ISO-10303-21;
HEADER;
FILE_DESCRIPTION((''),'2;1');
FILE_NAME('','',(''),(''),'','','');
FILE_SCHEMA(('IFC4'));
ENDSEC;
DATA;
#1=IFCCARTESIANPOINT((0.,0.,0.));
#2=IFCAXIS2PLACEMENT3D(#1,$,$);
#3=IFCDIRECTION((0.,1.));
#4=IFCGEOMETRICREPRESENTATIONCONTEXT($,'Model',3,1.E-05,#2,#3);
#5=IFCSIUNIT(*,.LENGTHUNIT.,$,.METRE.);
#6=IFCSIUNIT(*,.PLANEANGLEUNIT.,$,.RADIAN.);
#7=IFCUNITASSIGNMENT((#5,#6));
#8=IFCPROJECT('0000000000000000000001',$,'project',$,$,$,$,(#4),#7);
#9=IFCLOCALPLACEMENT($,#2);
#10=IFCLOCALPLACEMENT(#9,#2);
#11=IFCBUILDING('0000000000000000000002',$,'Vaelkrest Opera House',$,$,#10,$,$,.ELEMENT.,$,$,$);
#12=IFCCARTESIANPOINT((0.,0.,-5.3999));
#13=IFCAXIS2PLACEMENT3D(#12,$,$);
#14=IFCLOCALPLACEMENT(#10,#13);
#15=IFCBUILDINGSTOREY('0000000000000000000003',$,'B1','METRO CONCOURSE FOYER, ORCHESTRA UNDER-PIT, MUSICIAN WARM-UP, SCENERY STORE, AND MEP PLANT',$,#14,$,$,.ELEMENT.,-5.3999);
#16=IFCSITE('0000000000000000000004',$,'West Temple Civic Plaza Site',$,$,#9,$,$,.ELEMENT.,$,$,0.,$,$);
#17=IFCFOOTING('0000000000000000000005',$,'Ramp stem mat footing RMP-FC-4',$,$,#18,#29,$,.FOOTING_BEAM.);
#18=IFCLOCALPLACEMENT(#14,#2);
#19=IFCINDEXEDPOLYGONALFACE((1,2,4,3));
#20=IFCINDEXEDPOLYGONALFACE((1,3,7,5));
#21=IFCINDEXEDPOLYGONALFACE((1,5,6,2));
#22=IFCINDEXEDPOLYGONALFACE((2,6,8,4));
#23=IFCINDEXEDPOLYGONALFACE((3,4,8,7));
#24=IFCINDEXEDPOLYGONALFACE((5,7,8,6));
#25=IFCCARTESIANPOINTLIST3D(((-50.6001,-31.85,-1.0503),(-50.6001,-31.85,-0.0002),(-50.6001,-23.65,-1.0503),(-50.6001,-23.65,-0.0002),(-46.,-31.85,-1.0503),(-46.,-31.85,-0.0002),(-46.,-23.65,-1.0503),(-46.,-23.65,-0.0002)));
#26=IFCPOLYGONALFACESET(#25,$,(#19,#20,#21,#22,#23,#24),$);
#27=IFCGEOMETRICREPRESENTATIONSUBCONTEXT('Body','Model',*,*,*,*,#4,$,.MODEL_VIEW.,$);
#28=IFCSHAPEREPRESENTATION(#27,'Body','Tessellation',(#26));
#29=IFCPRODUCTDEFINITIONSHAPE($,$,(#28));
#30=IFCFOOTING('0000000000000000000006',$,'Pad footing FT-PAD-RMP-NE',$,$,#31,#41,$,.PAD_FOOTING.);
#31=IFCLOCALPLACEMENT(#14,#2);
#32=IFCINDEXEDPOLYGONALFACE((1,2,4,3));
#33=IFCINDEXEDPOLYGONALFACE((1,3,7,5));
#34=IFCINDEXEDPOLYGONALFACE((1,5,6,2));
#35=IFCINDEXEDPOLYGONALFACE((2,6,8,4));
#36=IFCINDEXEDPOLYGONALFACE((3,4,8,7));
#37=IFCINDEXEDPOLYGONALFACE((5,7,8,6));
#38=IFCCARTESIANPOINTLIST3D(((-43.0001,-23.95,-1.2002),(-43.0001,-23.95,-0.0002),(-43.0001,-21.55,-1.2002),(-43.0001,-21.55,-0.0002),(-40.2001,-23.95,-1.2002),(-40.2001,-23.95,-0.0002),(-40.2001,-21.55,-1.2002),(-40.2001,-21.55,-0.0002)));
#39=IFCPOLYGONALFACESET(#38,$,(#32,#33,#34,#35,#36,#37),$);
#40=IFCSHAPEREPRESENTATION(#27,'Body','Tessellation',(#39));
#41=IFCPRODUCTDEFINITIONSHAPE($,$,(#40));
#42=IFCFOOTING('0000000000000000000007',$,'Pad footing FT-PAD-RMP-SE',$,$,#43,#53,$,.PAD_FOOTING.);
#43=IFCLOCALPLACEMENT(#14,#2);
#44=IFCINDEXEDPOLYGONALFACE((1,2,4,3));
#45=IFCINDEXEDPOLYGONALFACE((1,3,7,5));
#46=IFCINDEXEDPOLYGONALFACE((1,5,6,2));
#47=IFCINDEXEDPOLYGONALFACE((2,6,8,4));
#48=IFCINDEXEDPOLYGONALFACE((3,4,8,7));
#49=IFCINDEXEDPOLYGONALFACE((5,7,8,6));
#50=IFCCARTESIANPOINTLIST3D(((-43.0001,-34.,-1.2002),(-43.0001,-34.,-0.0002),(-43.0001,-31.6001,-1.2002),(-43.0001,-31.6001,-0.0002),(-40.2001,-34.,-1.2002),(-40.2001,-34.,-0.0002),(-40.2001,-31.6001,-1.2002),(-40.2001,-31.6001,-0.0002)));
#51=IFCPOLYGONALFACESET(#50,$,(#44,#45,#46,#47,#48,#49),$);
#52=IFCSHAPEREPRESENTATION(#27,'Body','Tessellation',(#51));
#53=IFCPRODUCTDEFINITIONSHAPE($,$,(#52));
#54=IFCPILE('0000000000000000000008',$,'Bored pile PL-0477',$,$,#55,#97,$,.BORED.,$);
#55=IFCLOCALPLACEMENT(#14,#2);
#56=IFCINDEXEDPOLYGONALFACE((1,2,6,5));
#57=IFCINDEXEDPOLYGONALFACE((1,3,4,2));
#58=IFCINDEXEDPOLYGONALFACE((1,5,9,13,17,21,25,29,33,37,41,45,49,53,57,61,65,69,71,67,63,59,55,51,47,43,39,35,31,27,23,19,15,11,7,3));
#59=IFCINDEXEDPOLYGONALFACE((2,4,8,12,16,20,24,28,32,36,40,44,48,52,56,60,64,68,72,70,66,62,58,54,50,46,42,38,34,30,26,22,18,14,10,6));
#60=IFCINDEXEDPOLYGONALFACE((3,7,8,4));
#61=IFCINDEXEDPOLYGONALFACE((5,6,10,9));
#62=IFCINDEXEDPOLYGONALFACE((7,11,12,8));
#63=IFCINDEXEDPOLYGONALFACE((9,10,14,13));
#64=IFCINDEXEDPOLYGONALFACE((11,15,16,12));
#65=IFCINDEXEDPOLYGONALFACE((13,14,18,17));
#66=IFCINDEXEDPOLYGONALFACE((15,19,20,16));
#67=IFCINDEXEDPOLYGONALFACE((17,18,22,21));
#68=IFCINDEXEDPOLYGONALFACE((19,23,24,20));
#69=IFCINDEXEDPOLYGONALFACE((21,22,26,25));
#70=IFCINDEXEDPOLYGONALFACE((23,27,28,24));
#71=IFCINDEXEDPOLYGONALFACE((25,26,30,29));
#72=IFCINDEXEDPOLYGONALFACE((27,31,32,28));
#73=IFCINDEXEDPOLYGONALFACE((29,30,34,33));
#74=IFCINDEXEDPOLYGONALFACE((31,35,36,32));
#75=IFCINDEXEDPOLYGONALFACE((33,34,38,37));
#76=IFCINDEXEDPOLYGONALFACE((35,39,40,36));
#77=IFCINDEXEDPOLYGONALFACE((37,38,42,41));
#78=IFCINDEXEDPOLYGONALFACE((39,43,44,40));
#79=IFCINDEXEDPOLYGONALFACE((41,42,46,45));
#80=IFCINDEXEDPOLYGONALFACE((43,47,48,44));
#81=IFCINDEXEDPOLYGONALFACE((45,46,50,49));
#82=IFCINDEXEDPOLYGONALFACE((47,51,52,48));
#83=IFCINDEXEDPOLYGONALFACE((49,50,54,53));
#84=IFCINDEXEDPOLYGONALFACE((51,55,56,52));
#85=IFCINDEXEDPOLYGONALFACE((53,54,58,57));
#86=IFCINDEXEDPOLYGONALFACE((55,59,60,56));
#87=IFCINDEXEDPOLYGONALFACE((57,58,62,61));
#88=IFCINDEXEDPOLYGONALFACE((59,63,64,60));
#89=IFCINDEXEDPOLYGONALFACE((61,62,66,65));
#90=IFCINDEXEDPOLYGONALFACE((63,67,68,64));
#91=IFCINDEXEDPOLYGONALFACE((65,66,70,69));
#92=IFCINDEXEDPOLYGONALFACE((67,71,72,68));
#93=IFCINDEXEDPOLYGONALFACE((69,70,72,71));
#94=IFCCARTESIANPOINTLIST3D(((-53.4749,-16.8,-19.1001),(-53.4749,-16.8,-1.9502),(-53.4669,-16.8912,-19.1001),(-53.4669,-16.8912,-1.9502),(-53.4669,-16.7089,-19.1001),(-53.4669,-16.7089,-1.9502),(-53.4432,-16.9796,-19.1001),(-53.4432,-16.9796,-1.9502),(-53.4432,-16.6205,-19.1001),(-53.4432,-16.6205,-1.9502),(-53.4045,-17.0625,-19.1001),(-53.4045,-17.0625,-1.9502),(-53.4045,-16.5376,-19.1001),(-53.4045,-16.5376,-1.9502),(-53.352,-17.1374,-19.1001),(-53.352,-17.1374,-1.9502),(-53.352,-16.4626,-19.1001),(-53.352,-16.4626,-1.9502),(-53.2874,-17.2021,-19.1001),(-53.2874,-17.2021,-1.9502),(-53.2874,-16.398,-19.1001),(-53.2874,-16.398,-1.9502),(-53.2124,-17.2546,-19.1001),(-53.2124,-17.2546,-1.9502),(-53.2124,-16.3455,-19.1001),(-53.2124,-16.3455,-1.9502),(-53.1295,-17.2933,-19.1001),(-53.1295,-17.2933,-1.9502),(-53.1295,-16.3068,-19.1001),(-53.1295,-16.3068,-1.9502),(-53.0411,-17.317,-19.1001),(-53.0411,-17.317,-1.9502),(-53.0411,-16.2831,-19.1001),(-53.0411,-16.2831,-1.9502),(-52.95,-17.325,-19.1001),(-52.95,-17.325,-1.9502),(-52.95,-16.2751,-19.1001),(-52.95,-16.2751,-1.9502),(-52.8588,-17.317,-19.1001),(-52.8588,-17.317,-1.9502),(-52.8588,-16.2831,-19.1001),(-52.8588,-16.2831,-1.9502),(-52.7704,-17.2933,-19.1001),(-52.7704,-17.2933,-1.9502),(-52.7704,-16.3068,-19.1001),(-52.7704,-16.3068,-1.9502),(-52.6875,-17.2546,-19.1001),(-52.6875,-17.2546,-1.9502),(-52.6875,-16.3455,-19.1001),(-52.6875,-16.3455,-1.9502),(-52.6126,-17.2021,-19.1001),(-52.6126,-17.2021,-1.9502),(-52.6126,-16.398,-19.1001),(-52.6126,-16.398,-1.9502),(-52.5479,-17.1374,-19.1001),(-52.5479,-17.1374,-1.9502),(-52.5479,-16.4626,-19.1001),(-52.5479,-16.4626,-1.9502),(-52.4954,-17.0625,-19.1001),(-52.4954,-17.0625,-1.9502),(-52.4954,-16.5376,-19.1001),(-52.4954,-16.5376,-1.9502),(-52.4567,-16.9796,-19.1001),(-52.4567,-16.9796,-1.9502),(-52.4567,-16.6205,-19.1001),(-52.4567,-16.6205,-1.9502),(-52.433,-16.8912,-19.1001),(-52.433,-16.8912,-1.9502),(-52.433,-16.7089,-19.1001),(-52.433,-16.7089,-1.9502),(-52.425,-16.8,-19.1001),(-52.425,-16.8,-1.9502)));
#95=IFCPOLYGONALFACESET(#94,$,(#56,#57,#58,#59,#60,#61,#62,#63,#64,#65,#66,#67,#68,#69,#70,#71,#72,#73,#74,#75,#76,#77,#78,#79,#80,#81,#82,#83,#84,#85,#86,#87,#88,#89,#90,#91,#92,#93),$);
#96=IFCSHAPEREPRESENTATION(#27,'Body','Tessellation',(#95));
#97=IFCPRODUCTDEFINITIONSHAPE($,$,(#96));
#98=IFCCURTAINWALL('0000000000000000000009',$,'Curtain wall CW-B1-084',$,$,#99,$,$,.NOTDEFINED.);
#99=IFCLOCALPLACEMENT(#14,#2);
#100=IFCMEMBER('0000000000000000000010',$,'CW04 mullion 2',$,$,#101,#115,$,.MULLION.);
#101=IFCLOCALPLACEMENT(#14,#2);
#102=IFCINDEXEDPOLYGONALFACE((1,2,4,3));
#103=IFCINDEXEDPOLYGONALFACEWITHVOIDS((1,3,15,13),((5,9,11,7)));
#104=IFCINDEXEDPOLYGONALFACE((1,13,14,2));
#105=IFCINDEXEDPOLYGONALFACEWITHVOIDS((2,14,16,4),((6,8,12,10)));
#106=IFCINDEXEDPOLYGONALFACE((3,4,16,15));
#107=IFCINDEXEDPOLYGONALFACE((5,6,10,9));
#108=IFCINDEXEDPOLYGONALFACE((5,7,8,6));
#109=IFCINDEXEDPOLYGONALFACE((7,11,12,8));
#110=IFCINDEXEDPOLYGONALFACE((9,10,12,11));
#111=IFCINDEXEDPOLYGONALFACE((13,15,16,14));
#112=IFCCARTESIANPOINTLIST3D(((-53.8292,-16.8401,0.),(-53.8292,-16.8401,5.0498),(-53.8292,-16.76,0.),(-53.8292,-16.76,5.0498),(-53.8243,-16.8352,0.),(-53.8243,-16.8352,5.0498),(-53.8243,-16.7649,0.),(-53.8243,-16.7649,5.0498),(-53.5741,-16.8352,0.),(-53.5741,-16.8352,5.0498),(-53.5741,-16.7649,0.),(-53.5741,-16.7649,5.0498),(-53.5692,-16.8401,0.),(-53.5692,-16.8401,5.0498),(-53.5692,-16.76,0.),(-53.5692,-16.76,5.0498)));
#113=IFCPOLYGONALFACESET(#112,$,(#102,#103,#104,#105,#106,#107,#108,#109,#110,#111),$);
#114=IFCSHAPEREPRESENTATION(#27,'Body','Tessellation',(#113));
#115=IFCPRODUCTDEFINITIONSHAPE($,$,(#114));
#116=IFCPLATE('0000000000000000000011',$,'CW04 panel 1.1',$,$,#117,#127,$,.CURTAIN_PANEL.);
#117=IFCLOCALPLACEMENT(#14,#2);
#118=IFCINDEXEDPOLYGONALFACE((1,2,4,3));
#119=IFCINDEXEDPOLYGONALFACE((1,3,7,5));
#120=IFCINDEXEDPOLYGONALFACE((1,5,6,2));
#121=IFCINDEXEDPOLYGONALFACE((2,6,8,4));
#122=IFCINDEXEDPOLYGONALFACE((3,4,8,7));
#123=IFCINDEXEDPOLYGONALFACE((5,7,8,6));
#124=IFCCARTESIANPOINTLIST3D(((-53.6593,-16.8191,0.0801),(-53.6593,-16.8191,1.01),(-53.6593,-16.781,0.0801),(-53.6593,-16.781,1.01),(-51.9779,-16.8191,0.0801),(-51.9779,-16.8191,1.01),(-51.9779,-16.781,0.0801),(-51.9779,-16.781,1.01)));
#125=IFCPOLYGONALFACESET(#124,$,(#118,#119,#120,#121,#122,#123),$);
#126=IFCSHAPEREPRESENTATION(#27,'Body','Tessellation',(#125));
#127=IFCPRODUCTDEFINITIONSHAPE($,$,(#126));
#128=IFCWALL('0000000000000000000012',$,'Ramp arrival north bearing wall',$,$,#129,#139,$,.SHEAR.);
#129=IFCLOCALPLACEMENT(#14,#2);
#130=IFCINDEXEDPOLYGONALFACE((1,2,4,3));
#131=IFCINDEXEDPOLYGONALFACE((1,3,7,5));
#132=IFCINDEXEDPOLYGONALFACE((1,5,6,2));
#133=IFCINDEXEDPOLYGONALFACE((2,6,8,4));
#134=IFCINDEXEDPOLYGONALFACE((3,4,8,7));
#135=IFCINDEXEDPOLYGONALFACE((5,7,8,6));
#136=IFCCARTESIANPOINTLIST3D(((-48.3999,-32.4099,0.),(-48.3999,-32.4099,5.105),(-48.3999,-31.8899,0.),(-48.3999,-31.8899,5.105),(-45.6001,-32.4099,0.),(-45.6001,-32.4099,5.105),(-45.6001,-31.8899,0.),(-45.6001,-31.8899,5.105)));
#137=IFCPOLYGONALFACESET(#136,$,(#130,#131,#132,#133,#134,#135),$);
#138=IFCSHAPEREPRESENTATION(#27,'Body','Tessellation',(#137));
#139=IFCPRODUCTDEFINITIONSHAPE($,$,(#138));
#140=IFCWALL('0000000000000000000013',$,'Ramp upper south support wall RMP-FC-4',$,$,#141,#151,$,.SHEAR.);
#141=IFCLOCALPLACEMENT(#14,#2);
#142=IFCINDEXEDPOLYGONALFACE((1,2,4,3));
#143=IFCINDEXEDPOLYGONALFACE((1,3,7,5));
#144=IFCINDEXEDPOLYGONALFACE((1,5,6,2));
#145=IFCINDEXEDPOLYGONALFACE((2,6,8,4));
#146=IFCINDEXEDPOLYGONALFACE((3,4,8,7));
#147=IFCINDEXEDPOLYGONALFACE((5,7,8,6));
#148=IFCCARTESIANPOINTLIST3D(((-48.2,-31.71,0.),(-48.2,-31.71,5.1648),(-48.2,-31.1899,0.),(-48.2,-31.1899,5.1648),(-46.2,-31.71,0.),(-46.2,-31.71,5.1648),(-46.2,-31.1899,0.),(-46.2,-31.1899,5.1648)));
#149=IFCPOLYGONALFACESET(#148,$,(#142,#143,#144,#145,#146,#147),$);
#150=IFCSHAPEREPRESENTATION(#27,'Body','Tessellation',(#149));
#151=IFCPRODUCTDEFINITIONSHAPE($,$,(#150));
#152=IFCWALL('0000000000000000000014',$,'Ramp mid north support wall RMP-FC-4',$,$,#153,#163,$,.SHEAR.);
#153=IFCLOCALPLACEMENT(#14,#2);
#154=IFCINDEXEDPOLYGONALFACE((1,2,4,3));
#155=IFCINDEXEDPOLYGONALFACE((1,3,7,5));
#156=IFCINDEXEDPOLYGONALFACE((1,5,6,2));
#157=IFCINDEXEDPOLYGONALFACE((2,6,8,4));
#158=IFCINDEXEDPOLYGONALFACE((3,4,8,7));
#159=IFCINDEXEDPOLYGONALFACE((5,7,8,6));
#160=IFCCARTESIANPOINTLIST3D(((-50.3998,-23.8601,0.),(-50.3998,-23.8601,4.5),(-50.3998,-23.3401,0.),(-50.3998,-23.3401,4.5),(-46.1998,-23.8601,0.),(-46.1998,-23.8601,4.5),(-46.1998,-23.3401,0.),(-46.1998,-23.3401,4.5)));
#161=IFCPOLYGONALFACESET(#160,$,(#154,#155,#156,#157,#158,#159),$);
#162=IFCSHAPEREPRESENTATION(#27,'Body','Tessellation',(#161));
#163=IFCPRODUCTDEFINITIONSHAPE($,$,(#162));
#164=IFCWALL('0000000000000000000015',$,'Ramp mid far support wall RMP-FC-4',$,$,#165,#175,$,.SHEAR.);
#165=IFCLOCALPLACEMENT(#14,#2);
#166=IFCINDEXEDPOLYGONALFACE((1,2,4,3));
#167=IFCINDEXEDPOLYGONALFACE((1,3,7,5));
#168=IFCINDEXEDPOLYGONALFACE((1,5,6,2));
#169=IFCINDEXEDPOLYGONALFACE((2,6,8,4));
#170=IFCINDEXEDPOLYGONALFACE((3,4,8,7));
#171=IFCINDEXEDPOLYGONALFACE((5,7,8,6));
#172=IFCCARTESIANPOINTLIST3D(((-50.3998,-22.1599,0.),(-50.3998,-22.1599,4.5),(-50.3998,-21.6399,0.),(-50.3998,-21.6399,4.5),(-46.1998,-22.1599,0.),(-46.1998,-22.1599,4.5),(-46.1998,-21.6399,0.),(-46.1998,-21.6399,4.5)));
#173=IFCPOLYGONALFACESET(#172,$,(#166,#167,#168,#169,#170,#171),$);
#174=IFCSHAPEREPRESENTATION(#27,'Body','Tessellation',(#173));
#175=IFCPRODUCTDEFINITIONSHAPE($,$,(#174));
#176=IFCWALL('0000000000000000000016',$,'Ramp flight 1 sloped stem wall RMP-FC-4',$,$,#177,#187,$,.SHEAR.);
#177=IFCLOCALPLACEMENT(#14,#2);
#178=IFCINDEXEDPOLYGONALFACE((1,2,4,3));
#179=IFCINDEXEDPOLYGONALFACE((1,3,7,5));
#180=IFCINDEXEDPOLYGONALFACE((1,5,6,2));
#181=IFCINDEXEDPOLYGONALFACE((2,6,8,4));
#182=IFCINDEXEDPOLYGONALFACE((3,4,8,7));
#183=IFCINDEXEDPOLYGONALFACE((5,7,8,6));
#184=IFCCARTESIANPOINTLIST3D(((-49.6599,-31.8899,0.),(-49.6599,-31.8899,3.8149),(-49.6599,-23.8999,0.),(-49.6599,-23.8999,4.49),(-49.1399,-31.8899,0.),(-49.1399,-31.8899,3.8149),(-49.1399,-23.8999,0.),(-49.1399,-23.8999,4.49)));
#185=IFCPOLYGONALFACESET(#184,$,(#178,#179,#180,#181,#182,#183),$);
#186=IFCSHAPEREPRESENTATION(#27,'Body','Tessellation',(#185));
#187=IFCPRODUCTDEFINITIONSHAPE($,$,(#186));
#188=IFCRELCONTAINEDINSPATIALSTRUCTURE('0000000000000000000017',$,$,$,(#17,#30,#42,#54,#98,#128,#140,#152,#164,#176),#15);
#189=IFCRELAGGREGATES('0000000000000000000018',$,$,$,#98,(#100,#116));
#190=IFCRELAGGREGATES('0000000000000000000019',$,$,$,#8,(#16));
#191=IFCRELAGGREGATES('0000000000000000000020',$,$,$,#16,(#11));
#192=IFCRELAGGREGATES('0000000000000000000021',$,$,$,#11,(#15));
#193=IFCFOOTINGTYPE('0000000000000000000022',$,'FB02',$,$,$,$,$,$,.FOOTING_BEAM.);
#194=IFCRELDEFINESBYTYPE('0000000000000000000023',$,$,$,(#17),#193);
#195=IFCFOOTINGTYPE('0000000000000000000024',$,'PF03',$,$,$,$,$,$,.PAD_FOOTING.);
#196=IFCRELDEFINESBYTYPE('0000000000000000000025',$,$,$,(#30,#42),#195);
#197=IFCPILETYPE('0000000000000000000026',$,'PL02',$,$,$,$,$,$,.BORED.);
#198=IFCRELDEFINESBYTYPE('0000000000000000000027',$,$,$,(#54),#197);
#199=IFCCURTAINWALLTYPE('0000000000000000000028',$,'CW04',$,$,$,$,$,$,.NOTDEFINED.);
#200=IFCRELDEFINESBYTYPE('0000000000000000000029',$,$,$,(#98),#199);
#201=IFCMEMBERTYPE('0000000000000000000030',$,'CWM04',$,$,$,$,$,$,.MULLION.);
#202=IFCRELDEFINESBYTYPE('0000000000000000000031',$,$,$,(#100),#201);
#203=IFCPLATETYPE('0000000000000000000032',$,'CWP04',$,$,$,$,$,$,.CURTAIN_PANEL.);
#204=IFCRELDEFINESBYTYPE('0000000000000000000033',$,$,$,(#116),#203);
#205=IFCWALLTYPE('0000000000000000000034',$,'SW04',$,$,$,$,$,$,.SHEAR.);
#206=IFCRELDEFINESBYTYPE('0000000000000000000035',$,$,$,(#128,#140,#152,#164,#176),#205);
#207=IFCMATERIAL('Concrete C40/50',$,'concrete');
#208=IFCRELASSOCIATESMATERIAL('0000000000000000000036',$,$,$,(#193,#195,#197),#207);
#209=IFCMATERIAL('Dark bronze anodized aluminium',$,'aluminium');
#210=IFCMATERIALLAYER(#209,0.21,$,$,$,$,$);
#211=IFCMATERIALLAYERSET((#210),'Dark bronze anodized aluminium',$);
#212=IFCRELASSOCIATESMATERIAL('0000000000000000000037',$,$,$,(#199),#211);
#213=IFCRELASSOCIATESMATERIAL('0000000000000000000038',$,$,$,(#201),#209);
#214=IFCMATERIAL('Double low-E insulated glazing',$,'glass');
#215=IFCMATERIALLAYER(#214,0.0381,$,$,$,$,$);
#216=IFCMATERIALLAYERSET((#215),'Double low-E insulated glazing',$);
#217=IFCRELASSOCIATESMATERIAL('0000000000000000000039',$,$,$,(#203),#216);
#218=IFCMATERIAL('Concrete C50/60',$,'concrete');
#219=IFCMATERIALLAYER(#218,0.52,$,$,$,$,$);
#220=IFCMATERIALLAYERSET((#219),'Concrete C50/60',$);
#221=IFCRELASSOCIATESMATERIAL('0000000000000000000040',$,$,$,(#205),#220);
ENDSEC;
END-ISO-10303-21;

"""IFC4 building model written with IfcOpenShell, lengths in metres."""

from ifc_helpers import new_model, si_unit, direction, frame, frame_2d, origin, origin_2d, place, context, subcontext, project, spatial, polyline, rectangle, hollow_rectangle, circle, outline, extrude, material, layer, layer_set, material_profile, profile_set, type_object, element, aggregate, save


model = new_model("IFC4")

# Units and contexts
model_context = context("Model", 3, precision=1e-05, world=origin(), true_north=direction((0.0, 1.0)))
body_context = subcontext(model_context, "Body", "Model", "MODEL_VIEW")
ifc_project = project(units=[si_unit("LENGTHUNIT", "METRE"), si_unit("PLANEANGLEUNIT", "RADIAN")], contexts=[model_context])

# Site, building, storey
site_placement = place(None, origin())
site = spatial("IfcSite", under=ifc_project, at=site_placement, Name="West Temple Civic Plaza Site", CompositionType="ELEMENT", RefElevation=0.0)
building_placement = place(site_placement, origin())
building = spatial("IfcBuilding", under=site, at=building_placement, Name="Vaelkrest Opera House", CompositionType="ELEMENT")
storey_placement = place(building_placement, frame((0.0, 0.0, -5.3999)))
storey = spatial("IfcBuildingStorey", under=building, at=storey_placement, Name="B1", Description="METRO CONCOURSE FOYER, ORCHESTRA UNDER-PIT, MUSICIAN WARM-UP, SCENERY STORE, AND MEP PLANT", CompositionType="ELEMENT", Elevation=-5.3999)

# Footings
ifc_material_1 = material(Name="Concrete C40/50", Category="concrete")
footing_type_1 = type_object("IfcFootingType", Name="FB02", PredefinedType="FOOTING_BEAM", material=ifc_material_1)
footing_placement = place(storey_placement, frame((-48.3, -27.75, -1.0503), z_axis=(0.0, 0.0, 1.0), x_axis=(1.0, 0.0, 0.0)))
element("IfcFooting", 1, at=footing_placement, inside=storey, type_object=footing_type_1, Name="Ramp stem mat footing RMP-FC-4", PredefinedType="FOOTING_BEAM", context=body_context, shape_type="SweptSolid", body=[
    extrude(rectangle(XDim=4.6001, YDim=8.2, at=origin_2d()), origin(), (0.0, 0.0, 1.0), 1.05),
])
footing_type_2 = type_object("IfcFootingType", Name="PF03", PredefinedType="PAD_FOOTING", material=ifc_material_1)
for number, where, z_axis, x_axis, name in (
    (2, (-41.6001, -22.75, -1.2002), (0.0, 0.0, 1.0), (1.0, 0.0, 0.0), "Pad footing FT-PAD-RMP-NE"),
    (3, (-41.6001, -32.8, -1.2002), (0.0, 0.0, 1.0), (1.0, 0.0, 0.0), "Pad footing FT-PAD-RMP-SE"),
):
    element("IfcFooting", number, at=place(storey_placement, frame(where, z_axis=z_axis, x_axis=x_axis)), inside=storey, type_object=footing_type_2, Name=name, PredefinedType="PAD_FOOTING", context=body_context, shape_type="SweptSolid", body=[
        extrude(rectangle(XDim=2.8, YDim=2.3999, at=origin_2d()), origin(), (0.0, 0.0, 1.0), 1.2),
    ])

# Pile
ifc_material_profile_1 = material_profile(ifc_material_1, circle(Radius=0.5249, at=origin_2d()), Name="PILE1050")
ifc_profile_set_1 = profile_set([ifc_material_profile_1], Name="Concrete C40/50")
pile_type = type_object("IfcPileType", Name="PL02", PredefinedType="BORED", material=ifc_profile_set_1)
pile_placement = place(storey_placement, frame((-52.95, -16.8, -1.9502), z_axis=(0.0, 0.0, -1.0), x_axis=(1.0, 0.0, 0.0)))
element("IfcPile", 4, at=pile_placement, inside=storey, type_object=pile_type, Name="Bored pile PL-0477", PredefinedType="BORED", context=body_context, shape_type="SweptSolid", body=[
    extrude(circle(Radius=0.5249, at=origin_2d()), origin(), (0.0, 0.0, 1.0), 17.1499),
])

# Curtain wall, member, plate
ifc_material_2 = material(Name="Dark bronze anodized aluminium", Category="aluminium")
ifc_layer_1 = layer(ifc_material_2, 0.21)
ifc_layer_set_1 = layer_set([ifc_layer_1], Name="Dark bronze anodized aluminium")
curtain_wall_type = type_object("IfcCurtainWallType", Name="CW04", PredefinedType="NOTDEFINED", material=ifc_layer_set_1)
curtain_wall_placement = place(storey_placement, origin())
curtain_wall = element("IfcCurtainWall", 5, at=curtain_wall_placement, inside=storey, type_object=curtain_wall_type, Name="Curtain wall CW-B1-084", PredefinedType="NOTDEFINED")
ifc_material_profile_2 = material_profile(ifc_material_2, hollow_rectangle(XDim=0.0801, YDim=0.26, WallThickness=0.0049, at=origin_2d()), Name="CWM80X260")
ifc_profile_set_2 = profile_set([ifc_material_profile_2], Name="Dark bronze anodized aluminium")
member_type = type_object("IfcMemberType", Name="CWM04", PredefinedType="MULLION", material=ifc_profile_set_2)
member_placement = place(storey_placement, frame((-53.6992, -16.8, 0.0), z_axis=(0.0, 0.0, 1.0), x_axis=(0.0, -1.0, 0.0)))
member = element("IfcMember", 6, at=member_placement, type_object=member_type, Name="CW04 mullion 2", PredefinedType="MULLION", context=body_context, shape_type="SweptSolid", body=[
    extrude(hollow_rectangle(XDim=0.0801, YDim=0.26, WallThickness=0.0049, at=origin_2d()), origin(), (0.0, 0.0, 1.0), 5.0498),
])
ifc_material_3 = material(Name="Double low-E insulated glazing", Category="glass")
ifc_layer_2 = layer(ifc_material_3, 0.0381)
ifc_layer_set_2 = layer_set([ifc_layer_2], Name="Double low-E insulated glazing")
plate_type = type_object("IfcPlateType", Name="CWP04", PredefinedType="CURTAIN_PANEL", material=ifc_layer_set_2)
plate_placement = place(storey_placement, frame((-52.8186, -16.8, 0.0801), z_axis=(0.0, 0.0, 1.0), x_axis=(-1.0, 0.0, 0.0)))
plate = element("IfcPlate", 7, at=plate_placement, type_object=plate_type, Name="CW04 panel 1.1", PredefinedType="CURTAIN_PANEL", context=body_context, shape_type="SweptSolid", body=[
    extrude(rectangle(XDim=1.6814, YDim=0.0381, at=origin_2d()), origin(), (0.0, 0.0, 1.0), 0.9299),
])
aggregate(curtain_wall, [member, plate])

# Walls
ifc_material_4 = material(Name="Concrete C50/60", Category="concrete")
ifc_layer_3 = layer(ifc_material_4, 0.52)
ifc_layer_set_3 = layer_set([ifc_layer_3], Name="Concrete C50/60")
wall_type = type_object("IfcWallType", Name="SW04", PredefinedType="SHEAR", material=ifc_layer_set_3)
wall_1_placement = place(storey_placement, frame((-48.3999, -32.1499, 0.0), z_axis=(0.0, 0.0, 1.0), x_axis=(1.0, 0.0, 0.0)))
element("IfcWall", 8, at=wall_1_placement, inside=storey, type_object=wall_type, Name="Ramp arrival north bearing wall", PredefinedType="SHEAR", context=body_context, shape_type="SweptSolid", body=[
    extrude(rectangle(XDim=2.7998, YDim=0.52, at=frame_2d((1.3999, 0.0))), origin(), (0.0, 0.0, 1.0), 5.105),
])
wall_2_placement = place(storey_placement, frame((-48.2, -31.45, 0.0), z_axis=(0.0, 0.0, 1.0), x_axis=(1.0, 0.0, 0.0)))
element("IfcWall", 9, at=wall_2_placement, inside=storey, type_object=wall_type, Name="Ramp upper south support wall RMP-FC-4", PredefinedType="SHEAR", context=body_context, shape_type="SweptSolid", body=[
    extrude(rectangle(XDim=2.0, YDim=0.52, at=frame_2d((1.0, 0.0))), origin(), (0.0, 0.0, 1.0), 5.1648),
])
for number, where, z_axis, x_axis, name in (
    (10, (-50.3999, -23.6001, 0.0), (0.0, 0.0, 1.0), (1.0, 0.0, 0.0), "Ramp mid north support wall RMP-FC-4"),
    (11, (-50.3999, -21.8999, 0.0), (0.0, 0.0, 1.0), (1.0, 0.0, 0.0), "Ramp mid far support wall RMP-FC-4"),
):
    element("IfcWall", number, at=place(storey_placement, frame(where, z_axis=z_axis, x_axis=x_axis)), inside=storey, type_object=wall_type, Name=name, PredefinedType="SHEAR", context=body_context, shape_type="SweptSolid", body=[
        extrude(rectangle(XDim=4.2, YDim=0.52, at=frame_2d((2.1001, 0.0))), origin(), (0.0, 0.0, 1.0), 4.5),
    ])
wall_3_placement = place(storey_placement, frame((-49.3999, -31.8899, 0.0), z_axis=(0.0, 0.0, 1.0), x_axis=(0.0, 1.0, 0.0)))
element("IfcWall", 12, at=wall_3_placement, inside=storey, type_object=wall_type, Name="Ramp flight 1 sloped stem wall RMP-FC-4", PredefinedType="SHEAR", context=body_context, shape_type="SweptSolid", body=[
    extrude(outline(polyline([(0.0, 0.0), (7.99, 0.0), (7.99, 4.49), (0.0, 3.8149), (0.0, 0.0)])), frame((0.0, 0.26, 0.0), z_axis=(0.0, -1.0, 0.0), x_axis=(1.0, 0.0, 0.0)), (0.0, 0.0, 1.0), 0.52),
])

save(model, "model.ifc")
